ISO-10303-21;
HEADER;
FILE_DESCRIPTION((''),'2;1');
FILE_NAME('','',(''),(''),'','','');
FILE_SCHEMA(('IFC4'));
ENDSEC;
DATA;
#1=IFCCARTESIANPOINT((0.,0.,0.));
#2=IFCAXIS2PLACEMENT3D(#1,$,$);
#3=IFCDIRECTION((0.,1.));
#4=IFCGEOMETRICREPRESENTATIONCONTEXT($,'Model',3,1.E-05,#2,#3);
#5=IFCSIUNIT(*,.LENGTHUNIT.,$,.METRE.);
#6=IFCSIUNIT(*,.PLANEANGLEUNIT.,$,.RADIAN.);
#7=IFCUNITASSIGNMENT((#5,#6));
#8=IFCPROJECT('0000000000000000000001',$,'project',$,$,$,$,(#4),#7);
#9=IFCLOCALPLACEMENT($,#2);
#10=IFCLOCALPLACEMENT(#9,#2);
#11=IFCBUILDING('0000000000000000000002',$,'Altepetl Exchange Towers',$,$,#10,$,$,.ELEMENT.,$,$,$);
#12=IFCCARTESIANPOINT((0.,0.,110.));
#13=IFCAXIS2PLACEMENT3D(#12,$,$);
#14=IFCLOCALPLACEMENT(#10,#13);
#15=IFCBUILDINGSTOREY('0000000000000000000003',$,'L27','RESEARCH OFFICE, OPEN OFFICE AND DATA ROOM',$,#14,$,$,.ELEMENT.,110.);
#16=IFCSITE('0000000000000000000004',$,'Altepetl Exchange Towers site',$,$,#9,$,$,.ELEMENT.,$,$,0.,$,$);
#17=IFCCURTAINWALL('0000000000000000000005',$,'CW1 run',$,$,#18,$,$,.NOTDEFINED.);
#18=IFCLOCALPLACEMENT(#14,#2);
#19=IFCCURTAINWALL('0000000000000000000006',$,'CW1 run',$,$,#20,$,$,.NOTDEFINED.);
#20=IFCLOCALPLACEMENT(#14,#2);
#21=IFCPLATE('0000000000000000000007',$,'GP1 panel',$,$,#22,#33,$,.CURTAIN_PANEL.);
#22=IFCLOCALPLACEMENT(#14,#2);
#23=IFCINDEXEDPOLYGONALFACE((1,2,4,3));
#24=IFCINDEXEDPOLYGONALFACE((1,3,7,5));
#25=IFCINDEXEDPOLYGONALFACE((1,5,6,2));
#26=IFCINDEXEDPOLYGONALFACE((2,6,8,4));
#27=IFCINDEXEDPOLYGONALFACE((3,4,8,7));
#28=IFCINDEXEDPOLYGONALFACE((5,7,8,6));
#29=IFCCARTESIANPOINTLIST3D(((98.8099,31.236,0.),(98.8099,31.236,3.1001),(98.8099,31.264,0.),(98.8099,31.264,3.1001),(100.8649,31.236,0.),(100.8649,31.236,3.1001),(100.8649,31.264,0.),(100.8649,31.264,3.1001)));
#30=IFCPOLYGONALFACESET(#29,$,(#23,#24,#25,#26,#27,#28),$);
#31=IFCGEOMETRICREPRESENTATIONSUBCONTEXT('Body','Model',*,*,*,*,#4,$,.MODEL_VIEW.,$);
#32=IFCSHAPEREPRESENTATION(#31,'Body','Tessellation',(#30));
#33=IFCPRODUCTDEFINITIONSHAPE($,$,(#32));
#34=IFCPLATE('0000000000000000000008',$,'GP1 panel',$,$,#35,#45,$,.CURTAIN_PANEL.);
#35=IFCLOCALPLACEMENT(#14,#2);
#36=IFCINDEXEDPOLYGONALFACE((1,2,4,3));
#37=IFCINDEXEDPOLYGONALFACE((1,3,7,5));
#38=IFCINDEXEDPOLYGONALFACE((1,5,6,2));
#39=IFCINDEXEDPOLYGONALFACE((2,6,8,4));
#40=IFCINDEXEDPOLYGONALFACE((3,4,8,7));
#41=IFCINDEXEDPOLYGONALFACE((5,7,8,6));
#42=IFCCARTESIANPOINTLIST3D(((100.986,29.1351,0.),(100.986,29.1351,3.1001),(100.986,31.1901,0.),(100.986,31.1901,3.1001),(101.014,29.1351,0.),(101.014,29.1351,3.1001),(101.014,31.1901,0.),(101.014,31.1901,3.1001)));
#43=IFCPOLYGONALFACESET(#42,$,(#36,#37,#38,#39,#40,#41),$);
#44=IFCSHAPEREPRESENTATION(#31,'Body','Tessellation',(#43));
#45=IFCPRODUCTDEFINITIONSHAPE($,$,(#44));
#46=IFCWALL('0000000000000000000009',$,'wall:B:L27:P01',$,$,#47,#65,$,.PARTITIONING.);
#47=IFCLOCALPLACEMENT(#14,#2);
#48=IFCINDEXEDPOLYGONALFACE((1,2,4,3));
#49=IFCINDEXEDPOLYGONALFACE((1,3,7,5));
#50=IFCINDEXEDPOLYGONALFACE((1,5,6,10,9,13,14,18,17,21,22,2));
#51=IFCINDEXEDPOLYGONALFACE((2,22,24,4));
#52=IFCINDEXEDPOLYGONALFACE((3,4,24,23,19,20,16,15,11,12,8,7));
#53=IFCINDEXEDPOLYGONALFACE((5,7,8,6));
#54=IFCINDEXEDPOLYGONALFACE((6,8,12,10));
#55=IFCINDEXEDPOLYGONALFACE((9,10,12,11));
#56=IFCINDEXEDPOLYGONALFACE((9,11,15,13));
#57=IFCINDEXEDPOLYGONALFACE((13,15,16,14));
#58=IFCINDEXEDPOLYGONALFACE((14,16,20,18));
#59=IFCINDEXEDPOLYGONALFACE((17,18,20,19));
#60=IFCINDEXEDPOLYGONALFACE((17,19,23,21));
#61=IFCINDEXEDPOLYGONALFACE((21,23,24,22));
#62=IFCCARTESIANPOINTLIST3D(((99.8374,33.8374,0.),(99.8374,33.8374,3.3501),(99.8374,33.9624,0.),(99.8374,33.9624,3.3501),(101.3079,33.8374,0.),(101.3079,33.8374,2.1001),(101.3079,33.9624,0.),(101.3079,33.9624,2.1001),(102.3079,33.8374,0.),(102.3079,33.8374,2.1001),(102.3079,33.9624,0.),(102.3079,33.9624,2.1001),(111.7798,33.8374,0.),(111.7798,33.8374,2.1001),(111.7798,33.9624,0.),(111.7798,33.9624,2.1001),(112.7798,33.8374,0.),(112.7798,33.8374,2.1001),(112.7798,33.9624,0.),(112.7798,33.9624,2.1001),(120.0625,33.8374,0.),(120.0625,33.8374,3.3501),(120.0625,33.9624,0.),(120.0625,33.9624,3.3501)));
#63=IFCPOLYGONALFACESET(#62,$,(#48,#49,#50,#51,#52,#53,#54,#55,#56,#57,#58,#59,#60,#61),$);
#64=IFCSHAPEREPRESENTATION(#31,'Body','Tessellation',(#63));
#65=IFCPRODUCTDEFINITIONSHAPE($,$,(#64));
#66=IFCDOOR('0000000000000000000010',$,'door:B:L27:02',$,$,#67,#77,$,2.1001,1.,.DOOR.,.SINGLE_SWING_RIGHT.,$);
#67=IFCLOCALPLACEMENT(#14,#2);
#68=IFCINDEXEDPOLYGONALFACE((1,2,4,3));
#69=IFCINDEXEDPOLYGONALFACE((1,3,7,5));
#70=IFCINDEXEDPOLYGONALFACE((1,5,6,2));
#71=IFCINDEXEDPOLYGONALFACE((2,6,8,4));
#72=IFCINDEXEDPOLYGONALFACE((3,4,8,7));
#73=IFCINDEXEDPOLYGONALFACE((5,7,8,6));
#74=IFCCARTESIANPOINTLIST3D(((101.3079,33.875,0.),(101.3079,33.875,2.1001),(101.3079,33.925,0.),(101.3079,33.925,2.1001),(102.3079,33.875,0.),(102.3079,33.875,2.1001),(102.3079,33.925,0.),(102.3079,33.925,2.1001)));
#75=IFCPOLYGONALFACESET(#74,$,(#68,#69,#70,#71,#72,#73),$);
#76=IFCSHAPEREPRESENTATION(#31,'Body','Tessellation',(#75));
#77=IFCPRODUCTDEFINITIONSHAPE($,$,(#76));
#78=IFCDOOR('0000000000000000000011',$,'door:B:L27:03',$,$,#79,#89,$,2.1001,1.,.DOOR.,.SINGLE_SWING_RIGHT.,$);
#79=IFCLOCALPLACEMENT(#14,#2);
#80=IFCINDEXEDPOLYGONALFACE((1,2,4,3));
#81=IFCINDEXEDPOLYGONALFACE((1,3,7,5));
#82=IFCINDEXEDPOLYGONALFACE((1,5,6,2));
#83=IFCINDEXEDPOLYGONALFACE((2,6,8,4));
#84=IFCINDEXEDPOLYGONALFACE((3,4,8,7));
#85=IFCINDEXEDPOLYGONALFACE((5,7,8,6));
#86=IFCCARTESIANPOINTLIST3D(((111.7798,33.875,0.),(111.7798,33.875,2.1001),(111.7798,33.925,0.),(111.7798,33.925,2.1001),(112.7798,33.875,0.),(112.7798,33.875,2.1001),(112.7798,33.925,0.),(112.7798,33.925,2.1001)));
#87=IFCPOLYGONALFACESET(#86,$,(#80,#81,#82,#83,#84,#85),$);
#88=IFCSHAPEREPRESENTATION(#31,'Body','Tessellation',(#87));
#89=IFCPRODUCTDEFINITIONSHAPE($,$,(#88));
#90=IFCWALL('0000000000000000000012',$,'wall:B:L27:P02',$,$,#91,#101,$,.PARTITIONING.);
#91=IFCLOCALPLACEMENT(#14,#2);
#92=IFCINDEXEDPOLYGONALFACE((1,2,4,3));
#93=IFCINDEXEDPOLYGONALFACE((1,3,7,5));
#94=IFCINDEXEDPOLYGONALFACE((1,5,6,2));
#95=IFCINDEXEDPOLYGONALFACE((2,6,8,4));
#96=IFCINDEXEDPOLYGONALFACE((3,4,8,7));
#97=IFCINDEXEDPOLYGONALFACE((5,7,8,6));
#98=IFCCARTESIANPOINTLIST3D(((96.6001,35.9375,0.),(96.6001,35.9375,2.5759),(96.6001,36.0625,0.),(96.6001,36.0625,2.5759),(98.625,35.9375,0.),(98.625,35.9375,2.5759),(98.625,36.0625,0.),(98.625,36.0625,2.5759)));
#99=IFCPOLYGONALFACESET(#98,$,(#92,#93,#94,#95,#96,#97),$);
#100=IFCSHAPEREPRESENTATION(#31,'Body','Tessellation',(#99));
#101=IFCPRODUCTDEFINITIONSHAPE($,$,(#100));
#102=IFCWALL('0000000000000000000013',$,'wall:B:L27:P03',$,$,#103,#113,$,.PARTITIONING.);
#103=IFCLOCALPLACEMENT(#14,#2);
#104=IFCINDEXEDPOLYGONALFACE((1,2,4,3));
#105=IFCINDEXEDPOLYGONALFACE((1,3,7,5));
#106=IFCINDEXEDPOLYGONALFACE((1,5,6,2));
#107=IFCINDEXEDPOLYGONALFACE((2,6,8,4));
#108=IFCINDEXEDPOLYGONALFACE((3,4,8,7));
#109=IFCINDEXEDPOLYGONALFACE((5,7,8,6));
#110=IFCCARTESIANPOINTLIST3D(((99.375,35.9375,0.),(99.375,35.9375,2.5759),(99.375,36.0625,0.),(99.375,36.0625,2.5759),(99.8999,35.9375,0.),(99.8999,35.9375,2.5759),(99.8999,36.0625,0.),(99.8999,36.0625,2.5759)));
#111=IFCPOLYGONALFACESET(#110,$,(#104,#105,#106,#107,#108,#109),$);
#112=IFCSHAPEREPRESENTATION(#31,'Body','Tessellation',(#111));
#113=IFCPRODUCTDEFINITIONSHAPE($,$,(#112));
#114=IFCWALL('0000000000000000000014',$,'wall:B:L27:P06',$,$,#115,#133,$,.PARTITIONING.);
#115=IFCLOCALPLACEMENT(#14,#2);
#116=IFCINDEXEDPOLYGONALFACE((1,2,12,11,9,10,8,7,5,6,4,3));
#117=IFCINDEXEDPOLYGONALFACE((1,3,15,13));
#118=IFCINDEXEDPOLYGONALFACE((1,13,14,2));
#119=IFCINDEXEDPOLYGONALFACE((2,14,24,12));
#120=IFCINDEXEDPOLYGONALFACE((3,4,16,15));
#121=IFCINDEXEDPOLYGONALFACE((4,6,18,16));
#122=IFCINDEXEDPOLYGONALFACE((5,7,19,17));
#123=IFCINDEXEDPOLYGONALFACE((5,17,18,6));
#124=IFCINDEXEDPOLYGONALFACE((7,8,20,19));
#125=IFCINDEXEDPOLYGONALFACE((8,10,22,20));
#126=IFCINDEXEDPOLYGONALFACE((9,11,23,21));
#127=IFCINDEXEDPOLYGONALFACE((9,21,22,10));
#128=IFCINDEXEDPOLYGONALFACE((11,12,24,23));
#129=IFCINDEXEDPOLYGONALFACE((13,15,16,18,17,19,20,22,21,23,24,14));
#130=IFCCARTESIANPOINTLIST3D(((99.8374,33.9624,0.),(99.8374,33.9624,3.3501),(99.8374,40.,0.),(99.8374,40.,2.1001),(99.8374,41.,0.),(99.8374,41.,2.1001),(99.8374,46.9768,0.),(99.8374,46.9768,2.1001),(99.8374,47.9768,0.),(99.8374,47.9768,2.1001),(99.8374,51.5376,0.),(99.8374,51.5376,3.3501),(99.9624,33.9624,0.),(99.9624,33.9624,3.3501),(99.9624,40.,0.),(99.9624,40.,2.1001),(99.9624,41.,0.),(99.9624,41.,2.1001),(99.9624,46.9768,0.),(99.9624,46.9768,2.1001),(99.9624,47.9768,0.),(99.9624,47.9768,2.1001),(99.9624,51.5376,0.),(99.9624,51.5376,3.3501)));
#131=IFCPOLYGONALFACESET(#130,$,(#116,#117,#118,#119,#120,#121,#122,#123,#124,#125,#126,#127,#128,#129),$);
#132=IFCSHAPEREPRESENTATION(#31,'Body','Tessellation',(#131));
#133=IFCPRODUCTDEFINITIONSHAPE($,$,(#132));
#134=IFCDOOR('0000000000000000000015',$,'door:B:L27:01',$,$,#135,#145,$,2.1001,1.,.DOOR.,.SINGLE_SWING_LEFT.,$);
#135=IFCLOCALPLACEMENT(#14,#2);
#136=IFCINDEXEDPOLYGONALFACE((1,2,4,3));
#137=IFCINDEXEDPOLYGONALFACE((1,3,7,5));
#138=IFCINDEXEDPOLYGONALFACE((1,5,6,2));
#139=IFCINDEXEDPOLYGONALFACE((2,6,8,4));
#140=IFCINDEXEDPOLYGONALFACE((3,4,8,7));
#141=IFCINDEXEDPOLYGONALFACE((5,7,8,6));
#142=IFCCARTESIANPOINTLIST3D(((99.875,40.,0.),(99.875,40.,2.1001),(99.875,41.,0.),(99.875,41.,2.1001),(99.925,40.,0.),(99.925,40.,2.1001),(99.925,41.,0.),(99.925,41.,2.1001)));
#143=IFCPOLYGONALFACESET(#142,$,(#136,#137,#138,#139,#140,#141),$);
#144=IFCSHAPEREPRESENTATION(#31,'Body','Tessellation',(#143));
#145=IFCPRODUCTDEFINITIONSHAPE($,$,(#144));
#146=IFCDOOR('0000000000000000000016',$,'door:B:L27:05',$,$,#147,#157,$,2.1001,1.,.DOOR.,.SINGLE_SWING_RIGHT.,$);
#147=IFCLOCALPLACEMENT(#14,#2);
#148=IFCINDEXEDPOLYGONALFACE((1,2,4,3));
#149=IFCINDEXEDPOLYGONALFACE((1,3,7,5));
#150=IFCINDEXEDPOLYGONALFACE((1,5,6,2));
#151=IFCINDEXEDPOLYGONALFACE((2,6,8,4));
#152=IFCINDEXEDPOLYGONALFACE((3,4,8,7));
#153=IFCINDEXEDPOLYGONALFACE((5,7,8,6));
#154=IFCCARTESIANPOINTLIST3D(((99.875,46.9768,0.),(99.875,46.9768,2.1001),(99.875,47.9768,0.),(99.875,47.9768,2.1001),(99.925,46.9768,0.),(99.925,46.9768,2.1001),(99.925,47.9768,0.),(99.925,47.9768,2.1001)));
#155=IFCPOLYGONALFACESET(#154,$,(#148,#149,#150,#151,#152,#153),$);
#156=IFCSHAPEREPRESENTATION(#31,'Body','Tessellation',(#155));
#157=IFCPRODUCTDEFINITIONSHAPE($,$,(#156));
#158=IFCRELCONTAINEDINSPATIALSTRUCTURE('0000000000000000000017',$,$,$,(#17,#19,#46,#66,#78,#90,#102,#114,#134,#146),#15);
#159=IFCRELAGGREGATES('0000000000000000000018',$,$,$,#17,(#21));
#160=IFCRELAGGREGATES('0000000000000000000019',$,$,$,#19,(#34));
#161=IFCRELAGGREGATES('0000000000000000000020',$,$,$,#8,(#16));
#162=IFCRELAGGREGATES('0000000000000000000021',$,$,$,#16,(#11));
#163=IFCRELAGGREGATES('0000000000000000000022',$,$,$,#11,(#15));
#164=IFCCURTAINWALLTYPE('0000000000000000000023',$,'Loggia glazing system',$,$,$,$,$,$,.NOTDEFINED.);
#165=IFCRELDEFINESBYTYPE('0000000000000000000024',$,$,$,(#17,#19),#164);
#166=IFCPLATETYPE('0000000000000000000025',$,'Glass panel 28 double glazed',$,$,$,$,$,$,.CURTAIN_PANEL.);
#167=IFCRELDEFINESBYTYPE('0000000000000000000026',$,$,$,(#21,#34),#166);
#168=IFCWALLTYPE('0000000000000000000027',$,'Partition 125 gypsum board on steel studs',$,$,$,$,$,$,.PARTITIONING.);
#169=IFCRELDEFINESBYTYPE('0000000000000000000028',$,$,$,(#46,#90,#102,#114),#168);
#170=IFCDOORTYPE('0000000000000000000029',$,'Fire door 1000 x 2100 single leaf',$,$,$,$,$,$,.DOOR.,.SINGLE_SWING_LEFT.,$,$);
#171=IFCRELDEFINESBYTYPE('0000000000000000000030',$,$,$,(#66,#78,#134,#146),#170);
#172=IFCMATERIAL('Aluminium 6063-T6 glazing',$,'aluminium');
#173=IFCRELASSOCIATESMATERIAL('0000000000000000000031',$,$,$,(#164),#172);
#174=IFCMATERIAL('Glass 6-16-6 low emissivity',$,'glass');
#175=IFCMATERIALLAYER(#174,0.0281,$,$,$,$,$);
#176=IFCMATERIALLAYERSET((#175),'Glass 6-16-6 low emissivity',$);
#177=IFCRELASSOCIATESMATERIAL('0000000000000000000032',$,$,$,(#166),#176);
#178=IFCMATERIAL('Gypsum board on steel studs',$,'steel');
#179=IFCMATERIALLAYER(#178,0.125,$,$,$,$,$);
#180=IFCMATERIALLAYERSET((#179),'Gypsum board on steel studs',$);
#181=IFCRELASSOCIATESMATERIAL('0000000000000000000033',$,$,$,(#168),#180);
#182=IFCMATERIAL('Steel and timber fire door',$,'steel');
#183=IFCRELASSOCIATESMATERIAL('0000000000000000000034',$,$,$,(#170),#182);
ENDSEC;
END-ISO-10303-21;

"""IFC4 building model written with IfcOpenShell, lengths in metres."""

from ifc_helpers import new_model, si_unit, direction, frame, frame_2d, origin, origin_2d, place, context, subcontext, project, spatial, rectangle, extrude, material, layer, layer_set, type_object, element, fill, aggregate, save


model = new_model("IFC4")

# Units and contexts
model_context = context("Model", 3, precision=1e-05, world=origin(), true_north=direction((0.0, 1.0)))
body_context = subcontext(model_context, "Body", "Model", "MODEL_VIEW")
ifc_project = project(units=[si_unit("LENGTHUNIT", "METRE"), si_unit("PLANEANGLEUNIT", "RADIAN")], contexts=[model_context])

# Site, building, storey
site_placement = place(None, origin())
site = spatial("IfcSite", under=ifc_project, at=site_placement, Name="Altepetl Exchange Towers site", CompositionType="ELEMENT", RefElevation=0.0)
building_placement = place(site_placement, origin())
building = spatial("IfcBuilding", under=site, at=building_placement, Name="Altepetl Exchange Towers", CompositionType="ELEMENT")
storey_placement = place(building_placement, frame((0.0, 0.0, 110.0)))
storey = spatial("IfcBuildingStorey", under=building, at=storey_placement, Name="L27", Description="RESEARCH OFFICE, OPEN OFFICE AND DATA ROOM", CompositionType="ELEMENT", Elevation=110.0)

# Curtain walls
ifc_material_1 = material(Name="Aluminium 6063-T6 glazing", Category="aluminium")
curtain_wall_type = type_object("IfcCurtainWallType", Name="Loggia glazing system", PredefinedType="NOTDEFINED", material=ifc_material_1)
curtain_wall_1_placement = place(storey_placement, origin())
curtain_wall_1 = element("IfcCurtainWall", 1, at=curtain_wall_1_placement, inside=storey, type_object=curtain_wall_type, Name="CW1 run", PredefinedType="NOTDEFINED")
curtain_wall_2_placement = place(storey_placement, origin())
curtain_wall_2 = element("IfcCurtainWall", 2, at=curtain_wall_2_placement, inside=storey, type_object=curtain_wall_type, Name="CW1 run", PredefinedType="NOTDEFINED")

# Plates
ifc_material_2 = material(Name="Glass 6-16-6 low emissivity", Category="glass")
ifc_layer_1 = layer(ifc_material_2, 0.0281)
ifc_layer_set_1 = layer_set([ifc_layer_1], Name="Glass 6-16-6 low emissivity")
plate_type = type_object("IfcPlateType", Name="Glass panel 28 double glazed", PredefinedType="CURTAIN_PANEL", material=ifc_layer_set_1)
plate_1_placement = place(storey_placement, frame((99.8374, 31.25, 0.0)))
plate_1 = element("IfcPlate", 3, at=plate_1_placement, type_object=plate_type, Name="GP1 panel", PredefinedType="CURTAIN_PANEL", context=body_context, shape_type="SweptSolid", body=[
    extrude(rectangle(XDim=2.0549, YDim=0.0281, at=origin_2d()), origin(), (0.0, 0.0, 1.0), 3.1001),
])
aggregate(curtain_wall_1, [plate_1])
plate_2_placement = place(storey_placement, frame((101.0, 30.1626, 0.0), z_axis=(0.0, 0.0, 1.0), x_axis=(0.0, -1.0, 0.0)))
plate_2 = element("IfcPlate", 4, at=plate_2_placement, type_object=plate_type, Name="GP1 panel", PredefinedType="CURTAIN_PANEL", context=body_context, shape_type="SweptSolid", body=[
    extrude(rectangle(XDim=2.0549, YDim=0.0281, at=origin_2d()), origin(), (0.0, 0.0, 1.0), 3.1001),
])
aggregate(curtain_wall_2, [plate_2])

# Wall, openings, doors
ifc_material_3 = material(Name="Gypsum board on steel studs", Category="steel")
ifc_layer_2 = layer(ifc_material_3, 0.125)
ifc_layer_set_2 = layer_set([ifc_layer_2], Name="Gypsum board on steel studs")
wall_type = type_object("IfcWallType", Name="Partition 125 gypsum board on steel studs", PredefinedType="PARTITIONING", material=ifc_layer_set_2)
wall_1_placement = place(storey_placement, frame((99.8374, 33.8999, 0.0)))
wall_1 = element("IfcWall", 5, at=wall_1_placement, inside=storey, type_object=wall_type, Name="wall:B:L27:P01", PredefinedType="PARTITIONING", context=body_context, shape_type="SweptSolid", body=[
    extrude(rectangle(XDim=20.2251, YDim=0.125, at=frame_2d((10.1125, 0.0))), origin(), (0.0, 0.0, 1.0), 3.3501),
])
opening_1_placement = place(wall_1_placement, frame((1.4705, 0.0, 0.0)))
opening_1 = element("IfcOpeningElement", 6, at=opening_1_placement, cuts=wall_1, PredefinedType="OPENING", context=body_context, shape_type="SweptSolid", body=[
    extrude(rectangle(XDim=1.0, YDim=2.1001, at=frame_2d((0.5, 1.05))), frame((0.0, 0.0725, 0.0), z_axis=(0.0, -1.0, 0.0), x_axis=(1.0, 0.0, 0.0)), (0.0, 0.0, 1.0), 0.145),
])
opening_2_placement = place(wall_1_placement, frame((11.9424, 0.0, 0.0)))
opening_2 = element("IfcOpeningElement", 7, at=opening_2_placement, cuts=wall_1, PredefinedType="OPENING", context=body_context, shape_type="SweptSolid", body=[
    extrude(rectangle(XDim=1.0, YDim=2.1001, at=frame_2d((0.5, 1.05))), frame((0.0, 0.0725, 0.0), z_axis=(0.0, -1.0, 0.0), x_axis=(1.0, 0.0, 0.0)), (0.0, 0.0, 1.0), 0.145),
])
ifc_material_4 = material(Name="Steel and timber fire door", Category="steel")
door_type = type_object("IfcDoorType", Name="Fire door 1000 x 2100 single leaf", OperationType="SINGLE_SWING_LEFT", PredefinedType="DOOR", material=ifc_material_4)
door_1_placement = place(opening_1_placement, frame((1.0, 0.0, 0.0), x_axis=(-1.0, 0.0, 0.0)))
door_1 = element("IfcDoor", 8, at=door_1_placement, inside=storey, type_object=door_type, Name="door:B:L27:02", OperationType="SINGLE_SWING_RIGHT", OverallHeight=2.1001, OverallWidth=1.0, PredefinedType="DOOR", context=body_context, shape_type="SweptSolid", body=[
    extrude(rectangle(XDim=1.0, YDim=2.1001, at=frame_2d((0.5, 1.05))), frame((0.0, 0.0249, 0.0), z_axis=(0.0, -1.0, 0.0), x_axis=(1.0, 0.0, 0.0)), (0.0, 0.0, 1.0), 0.05),
])
fill(opening_1, door_1)
door_2_placement = place(opening_2_placement, frame((1.0, 0.0, 0.0), x_axis=(-1.0, 0.0, 0.0)))
door_2 = element("IfcDoor", 9, at=door_2_placement, inside=storey, type_object=door_type, Name="door:B:L27:03", OperationType="SINGLE_SWING_RIGHT", OverallHeight=2.1001, OverallWidth=1.0, PredefinedType="DOOR", context=body_context, shape_type="SweptSolid", body=[
    extrude(rectangle(XDim=1.0, YDim=2.1001, at=frame_2d((0.5, 1.05))), frame((0.0, 0.0249, 0.0), z_axis=(0.0, -1.0, 0.0), x_axis=(1.0, 0.0, 0.0)), (0.0, 0.0, 1.0), 0.05),
])
fill(opening_2, door_2)

# Walls
wall_2_placement = place(storey_placement, frame((96.6001, 36.0, 0.0)))
element("IfcWall", 10, at=wall_2_placement, inside=storey, type_object=wall_type, Name="wall:B:L27:P02", PredefinedType="PARTITIONING", context=body_context, shape_type="SweptSolid", body=[
    extrude(rectangle(XDim=2.0249, YDim=0.125, at=frame_2d((1.0125, 0.0))), origin(), (0.0, 0.0, 1.0), 2.5759),
])
wall_3_placement = place(storey_placement, frame((99.375, 36.0, 0.0)))
element("IfcWall", 11, at=wall_3_placement, inside=storey, type_object=wall_type, Name="wall:B:L27:P03", PredefinedType="PARTITIONING", context=body_context, shape_type="SweptSolid", body=[
    extrude(rectangle(XDim=0.5249, YDim=0.125, at=frame_2d((0.2625, 0.0))), origin(), (0.0, 0.0, 1.0), 2.5759),
])

# Wall, openings, doors
wall_4_placement = place(storey_placement, frame((99.8999, 33.9624, 0.0), z_axis=(0.0, 0.0, 1.0), x_axis=(0.0, 1.0, 0.0)))
wall_4 = element("IfcWall", 12, at=wall_4_placement, inside=storey, type_object=wall_type, Name="wall:B:L27:P06", PredefinedType="PARTITIONING", context=body_context, shape_type="SweptSolid", body=[
    extrude(rectangle(XDim=17.5752, YDim=0.125, at=frame_2d((8.7876, 0.0))), origin(), (0.0, 0.0, 1.0), 3.3501),
])
opening_3_placement = place(wall_4_placement, frame((6.0376, 0.0, 0.0)))
opening_3 = element("IfcOpeningElement", 13, at=opening_3_placement, cuts=wall_4, PredefinedType="OPENING", context=body_context, shape_type="SweptSolid", body=[
    extrude(rectangle(XDim=1.0, YDim=2.1001, at=frame_2d((0.5, 1.05))), frame((0.0, 0.0725, 0.0), z_axis=(0.0, -1.0, 0.0), x_axis=(1.0, 0.0, 0.0)), (0.0, 0.0, 1.0), 0.145),
])
opening_4_placement = place(wall_4_placement, frame((13.0144, 0.0, 0.0)))
opening_4 = element("IfcOpeningElement", 14, at=opening_4_placement, cuts=wall_4, PredefinedType="OPENING", context=body_context, shape_type="SweptSolid", body=[
    extrude(rectangle(XDim=1.0, YDim=2.1001, at=frame_2d((0.5, 1.05))), frame((0.0, 0.0725, 0.0), z_axis=(0.0, -1.0, 0.0), x_axis=(1.0, 0.0, 0.0)), (0.0, 0.0, 1.0), 0.145),
])
door_3_placement = place(opening_3_placement, origin())
door_3 = element("IfcDoor", 15, at=door_3_placement, inside=storey, type_object=door_type, Name="door:B:L27:01", OperationType="SINGLE_SWING_LEFT", OverallHeight=2.1001, OverallWidth=1.0, PredefinedType="DOOR", context=body_context, shape_type="SweptSolid", body=[
    extrude(rectangle(XDim=1.0, YDim=2.1001, at=frame_2d((0.5, 1.05))), frame((0.0, 0.0249, 0.0), z_axis=(0.0, -1.0, 0.0), x_axis=(1.0, 0.0, 0.0)), (0.0, 0.0, 1.0), 0.05),
])
fill(opening_3, door_3)
door_4_placement = place(opening_4_placement, origin())
door_4 = element("IfcDoor", 16, at=door_4_placement, inside=storey, type_object=door_type, Name="door:B:L27:05", OperationType="SINGLE_SWING_RIGHT", OverallHeight=2.1001, OverallWidth=1.0, PredefinedType="DOOR", context=body_context, shape_type="SweptSolid", body=[
    extrude(rectangle(XDim=1.0, YDim=2.1001, at=frame_2d((0.5, 1.05))), frame((0.0, 0.0249, 0.0), z_axis=(0.0, -1.0, 0.0), x_axis=(1.0, 0.0, 0.0)), (0.0, 0.0, 1.0), 0.05),
])
fill(opening_4, door_4)

save(model, "model.ifc")
